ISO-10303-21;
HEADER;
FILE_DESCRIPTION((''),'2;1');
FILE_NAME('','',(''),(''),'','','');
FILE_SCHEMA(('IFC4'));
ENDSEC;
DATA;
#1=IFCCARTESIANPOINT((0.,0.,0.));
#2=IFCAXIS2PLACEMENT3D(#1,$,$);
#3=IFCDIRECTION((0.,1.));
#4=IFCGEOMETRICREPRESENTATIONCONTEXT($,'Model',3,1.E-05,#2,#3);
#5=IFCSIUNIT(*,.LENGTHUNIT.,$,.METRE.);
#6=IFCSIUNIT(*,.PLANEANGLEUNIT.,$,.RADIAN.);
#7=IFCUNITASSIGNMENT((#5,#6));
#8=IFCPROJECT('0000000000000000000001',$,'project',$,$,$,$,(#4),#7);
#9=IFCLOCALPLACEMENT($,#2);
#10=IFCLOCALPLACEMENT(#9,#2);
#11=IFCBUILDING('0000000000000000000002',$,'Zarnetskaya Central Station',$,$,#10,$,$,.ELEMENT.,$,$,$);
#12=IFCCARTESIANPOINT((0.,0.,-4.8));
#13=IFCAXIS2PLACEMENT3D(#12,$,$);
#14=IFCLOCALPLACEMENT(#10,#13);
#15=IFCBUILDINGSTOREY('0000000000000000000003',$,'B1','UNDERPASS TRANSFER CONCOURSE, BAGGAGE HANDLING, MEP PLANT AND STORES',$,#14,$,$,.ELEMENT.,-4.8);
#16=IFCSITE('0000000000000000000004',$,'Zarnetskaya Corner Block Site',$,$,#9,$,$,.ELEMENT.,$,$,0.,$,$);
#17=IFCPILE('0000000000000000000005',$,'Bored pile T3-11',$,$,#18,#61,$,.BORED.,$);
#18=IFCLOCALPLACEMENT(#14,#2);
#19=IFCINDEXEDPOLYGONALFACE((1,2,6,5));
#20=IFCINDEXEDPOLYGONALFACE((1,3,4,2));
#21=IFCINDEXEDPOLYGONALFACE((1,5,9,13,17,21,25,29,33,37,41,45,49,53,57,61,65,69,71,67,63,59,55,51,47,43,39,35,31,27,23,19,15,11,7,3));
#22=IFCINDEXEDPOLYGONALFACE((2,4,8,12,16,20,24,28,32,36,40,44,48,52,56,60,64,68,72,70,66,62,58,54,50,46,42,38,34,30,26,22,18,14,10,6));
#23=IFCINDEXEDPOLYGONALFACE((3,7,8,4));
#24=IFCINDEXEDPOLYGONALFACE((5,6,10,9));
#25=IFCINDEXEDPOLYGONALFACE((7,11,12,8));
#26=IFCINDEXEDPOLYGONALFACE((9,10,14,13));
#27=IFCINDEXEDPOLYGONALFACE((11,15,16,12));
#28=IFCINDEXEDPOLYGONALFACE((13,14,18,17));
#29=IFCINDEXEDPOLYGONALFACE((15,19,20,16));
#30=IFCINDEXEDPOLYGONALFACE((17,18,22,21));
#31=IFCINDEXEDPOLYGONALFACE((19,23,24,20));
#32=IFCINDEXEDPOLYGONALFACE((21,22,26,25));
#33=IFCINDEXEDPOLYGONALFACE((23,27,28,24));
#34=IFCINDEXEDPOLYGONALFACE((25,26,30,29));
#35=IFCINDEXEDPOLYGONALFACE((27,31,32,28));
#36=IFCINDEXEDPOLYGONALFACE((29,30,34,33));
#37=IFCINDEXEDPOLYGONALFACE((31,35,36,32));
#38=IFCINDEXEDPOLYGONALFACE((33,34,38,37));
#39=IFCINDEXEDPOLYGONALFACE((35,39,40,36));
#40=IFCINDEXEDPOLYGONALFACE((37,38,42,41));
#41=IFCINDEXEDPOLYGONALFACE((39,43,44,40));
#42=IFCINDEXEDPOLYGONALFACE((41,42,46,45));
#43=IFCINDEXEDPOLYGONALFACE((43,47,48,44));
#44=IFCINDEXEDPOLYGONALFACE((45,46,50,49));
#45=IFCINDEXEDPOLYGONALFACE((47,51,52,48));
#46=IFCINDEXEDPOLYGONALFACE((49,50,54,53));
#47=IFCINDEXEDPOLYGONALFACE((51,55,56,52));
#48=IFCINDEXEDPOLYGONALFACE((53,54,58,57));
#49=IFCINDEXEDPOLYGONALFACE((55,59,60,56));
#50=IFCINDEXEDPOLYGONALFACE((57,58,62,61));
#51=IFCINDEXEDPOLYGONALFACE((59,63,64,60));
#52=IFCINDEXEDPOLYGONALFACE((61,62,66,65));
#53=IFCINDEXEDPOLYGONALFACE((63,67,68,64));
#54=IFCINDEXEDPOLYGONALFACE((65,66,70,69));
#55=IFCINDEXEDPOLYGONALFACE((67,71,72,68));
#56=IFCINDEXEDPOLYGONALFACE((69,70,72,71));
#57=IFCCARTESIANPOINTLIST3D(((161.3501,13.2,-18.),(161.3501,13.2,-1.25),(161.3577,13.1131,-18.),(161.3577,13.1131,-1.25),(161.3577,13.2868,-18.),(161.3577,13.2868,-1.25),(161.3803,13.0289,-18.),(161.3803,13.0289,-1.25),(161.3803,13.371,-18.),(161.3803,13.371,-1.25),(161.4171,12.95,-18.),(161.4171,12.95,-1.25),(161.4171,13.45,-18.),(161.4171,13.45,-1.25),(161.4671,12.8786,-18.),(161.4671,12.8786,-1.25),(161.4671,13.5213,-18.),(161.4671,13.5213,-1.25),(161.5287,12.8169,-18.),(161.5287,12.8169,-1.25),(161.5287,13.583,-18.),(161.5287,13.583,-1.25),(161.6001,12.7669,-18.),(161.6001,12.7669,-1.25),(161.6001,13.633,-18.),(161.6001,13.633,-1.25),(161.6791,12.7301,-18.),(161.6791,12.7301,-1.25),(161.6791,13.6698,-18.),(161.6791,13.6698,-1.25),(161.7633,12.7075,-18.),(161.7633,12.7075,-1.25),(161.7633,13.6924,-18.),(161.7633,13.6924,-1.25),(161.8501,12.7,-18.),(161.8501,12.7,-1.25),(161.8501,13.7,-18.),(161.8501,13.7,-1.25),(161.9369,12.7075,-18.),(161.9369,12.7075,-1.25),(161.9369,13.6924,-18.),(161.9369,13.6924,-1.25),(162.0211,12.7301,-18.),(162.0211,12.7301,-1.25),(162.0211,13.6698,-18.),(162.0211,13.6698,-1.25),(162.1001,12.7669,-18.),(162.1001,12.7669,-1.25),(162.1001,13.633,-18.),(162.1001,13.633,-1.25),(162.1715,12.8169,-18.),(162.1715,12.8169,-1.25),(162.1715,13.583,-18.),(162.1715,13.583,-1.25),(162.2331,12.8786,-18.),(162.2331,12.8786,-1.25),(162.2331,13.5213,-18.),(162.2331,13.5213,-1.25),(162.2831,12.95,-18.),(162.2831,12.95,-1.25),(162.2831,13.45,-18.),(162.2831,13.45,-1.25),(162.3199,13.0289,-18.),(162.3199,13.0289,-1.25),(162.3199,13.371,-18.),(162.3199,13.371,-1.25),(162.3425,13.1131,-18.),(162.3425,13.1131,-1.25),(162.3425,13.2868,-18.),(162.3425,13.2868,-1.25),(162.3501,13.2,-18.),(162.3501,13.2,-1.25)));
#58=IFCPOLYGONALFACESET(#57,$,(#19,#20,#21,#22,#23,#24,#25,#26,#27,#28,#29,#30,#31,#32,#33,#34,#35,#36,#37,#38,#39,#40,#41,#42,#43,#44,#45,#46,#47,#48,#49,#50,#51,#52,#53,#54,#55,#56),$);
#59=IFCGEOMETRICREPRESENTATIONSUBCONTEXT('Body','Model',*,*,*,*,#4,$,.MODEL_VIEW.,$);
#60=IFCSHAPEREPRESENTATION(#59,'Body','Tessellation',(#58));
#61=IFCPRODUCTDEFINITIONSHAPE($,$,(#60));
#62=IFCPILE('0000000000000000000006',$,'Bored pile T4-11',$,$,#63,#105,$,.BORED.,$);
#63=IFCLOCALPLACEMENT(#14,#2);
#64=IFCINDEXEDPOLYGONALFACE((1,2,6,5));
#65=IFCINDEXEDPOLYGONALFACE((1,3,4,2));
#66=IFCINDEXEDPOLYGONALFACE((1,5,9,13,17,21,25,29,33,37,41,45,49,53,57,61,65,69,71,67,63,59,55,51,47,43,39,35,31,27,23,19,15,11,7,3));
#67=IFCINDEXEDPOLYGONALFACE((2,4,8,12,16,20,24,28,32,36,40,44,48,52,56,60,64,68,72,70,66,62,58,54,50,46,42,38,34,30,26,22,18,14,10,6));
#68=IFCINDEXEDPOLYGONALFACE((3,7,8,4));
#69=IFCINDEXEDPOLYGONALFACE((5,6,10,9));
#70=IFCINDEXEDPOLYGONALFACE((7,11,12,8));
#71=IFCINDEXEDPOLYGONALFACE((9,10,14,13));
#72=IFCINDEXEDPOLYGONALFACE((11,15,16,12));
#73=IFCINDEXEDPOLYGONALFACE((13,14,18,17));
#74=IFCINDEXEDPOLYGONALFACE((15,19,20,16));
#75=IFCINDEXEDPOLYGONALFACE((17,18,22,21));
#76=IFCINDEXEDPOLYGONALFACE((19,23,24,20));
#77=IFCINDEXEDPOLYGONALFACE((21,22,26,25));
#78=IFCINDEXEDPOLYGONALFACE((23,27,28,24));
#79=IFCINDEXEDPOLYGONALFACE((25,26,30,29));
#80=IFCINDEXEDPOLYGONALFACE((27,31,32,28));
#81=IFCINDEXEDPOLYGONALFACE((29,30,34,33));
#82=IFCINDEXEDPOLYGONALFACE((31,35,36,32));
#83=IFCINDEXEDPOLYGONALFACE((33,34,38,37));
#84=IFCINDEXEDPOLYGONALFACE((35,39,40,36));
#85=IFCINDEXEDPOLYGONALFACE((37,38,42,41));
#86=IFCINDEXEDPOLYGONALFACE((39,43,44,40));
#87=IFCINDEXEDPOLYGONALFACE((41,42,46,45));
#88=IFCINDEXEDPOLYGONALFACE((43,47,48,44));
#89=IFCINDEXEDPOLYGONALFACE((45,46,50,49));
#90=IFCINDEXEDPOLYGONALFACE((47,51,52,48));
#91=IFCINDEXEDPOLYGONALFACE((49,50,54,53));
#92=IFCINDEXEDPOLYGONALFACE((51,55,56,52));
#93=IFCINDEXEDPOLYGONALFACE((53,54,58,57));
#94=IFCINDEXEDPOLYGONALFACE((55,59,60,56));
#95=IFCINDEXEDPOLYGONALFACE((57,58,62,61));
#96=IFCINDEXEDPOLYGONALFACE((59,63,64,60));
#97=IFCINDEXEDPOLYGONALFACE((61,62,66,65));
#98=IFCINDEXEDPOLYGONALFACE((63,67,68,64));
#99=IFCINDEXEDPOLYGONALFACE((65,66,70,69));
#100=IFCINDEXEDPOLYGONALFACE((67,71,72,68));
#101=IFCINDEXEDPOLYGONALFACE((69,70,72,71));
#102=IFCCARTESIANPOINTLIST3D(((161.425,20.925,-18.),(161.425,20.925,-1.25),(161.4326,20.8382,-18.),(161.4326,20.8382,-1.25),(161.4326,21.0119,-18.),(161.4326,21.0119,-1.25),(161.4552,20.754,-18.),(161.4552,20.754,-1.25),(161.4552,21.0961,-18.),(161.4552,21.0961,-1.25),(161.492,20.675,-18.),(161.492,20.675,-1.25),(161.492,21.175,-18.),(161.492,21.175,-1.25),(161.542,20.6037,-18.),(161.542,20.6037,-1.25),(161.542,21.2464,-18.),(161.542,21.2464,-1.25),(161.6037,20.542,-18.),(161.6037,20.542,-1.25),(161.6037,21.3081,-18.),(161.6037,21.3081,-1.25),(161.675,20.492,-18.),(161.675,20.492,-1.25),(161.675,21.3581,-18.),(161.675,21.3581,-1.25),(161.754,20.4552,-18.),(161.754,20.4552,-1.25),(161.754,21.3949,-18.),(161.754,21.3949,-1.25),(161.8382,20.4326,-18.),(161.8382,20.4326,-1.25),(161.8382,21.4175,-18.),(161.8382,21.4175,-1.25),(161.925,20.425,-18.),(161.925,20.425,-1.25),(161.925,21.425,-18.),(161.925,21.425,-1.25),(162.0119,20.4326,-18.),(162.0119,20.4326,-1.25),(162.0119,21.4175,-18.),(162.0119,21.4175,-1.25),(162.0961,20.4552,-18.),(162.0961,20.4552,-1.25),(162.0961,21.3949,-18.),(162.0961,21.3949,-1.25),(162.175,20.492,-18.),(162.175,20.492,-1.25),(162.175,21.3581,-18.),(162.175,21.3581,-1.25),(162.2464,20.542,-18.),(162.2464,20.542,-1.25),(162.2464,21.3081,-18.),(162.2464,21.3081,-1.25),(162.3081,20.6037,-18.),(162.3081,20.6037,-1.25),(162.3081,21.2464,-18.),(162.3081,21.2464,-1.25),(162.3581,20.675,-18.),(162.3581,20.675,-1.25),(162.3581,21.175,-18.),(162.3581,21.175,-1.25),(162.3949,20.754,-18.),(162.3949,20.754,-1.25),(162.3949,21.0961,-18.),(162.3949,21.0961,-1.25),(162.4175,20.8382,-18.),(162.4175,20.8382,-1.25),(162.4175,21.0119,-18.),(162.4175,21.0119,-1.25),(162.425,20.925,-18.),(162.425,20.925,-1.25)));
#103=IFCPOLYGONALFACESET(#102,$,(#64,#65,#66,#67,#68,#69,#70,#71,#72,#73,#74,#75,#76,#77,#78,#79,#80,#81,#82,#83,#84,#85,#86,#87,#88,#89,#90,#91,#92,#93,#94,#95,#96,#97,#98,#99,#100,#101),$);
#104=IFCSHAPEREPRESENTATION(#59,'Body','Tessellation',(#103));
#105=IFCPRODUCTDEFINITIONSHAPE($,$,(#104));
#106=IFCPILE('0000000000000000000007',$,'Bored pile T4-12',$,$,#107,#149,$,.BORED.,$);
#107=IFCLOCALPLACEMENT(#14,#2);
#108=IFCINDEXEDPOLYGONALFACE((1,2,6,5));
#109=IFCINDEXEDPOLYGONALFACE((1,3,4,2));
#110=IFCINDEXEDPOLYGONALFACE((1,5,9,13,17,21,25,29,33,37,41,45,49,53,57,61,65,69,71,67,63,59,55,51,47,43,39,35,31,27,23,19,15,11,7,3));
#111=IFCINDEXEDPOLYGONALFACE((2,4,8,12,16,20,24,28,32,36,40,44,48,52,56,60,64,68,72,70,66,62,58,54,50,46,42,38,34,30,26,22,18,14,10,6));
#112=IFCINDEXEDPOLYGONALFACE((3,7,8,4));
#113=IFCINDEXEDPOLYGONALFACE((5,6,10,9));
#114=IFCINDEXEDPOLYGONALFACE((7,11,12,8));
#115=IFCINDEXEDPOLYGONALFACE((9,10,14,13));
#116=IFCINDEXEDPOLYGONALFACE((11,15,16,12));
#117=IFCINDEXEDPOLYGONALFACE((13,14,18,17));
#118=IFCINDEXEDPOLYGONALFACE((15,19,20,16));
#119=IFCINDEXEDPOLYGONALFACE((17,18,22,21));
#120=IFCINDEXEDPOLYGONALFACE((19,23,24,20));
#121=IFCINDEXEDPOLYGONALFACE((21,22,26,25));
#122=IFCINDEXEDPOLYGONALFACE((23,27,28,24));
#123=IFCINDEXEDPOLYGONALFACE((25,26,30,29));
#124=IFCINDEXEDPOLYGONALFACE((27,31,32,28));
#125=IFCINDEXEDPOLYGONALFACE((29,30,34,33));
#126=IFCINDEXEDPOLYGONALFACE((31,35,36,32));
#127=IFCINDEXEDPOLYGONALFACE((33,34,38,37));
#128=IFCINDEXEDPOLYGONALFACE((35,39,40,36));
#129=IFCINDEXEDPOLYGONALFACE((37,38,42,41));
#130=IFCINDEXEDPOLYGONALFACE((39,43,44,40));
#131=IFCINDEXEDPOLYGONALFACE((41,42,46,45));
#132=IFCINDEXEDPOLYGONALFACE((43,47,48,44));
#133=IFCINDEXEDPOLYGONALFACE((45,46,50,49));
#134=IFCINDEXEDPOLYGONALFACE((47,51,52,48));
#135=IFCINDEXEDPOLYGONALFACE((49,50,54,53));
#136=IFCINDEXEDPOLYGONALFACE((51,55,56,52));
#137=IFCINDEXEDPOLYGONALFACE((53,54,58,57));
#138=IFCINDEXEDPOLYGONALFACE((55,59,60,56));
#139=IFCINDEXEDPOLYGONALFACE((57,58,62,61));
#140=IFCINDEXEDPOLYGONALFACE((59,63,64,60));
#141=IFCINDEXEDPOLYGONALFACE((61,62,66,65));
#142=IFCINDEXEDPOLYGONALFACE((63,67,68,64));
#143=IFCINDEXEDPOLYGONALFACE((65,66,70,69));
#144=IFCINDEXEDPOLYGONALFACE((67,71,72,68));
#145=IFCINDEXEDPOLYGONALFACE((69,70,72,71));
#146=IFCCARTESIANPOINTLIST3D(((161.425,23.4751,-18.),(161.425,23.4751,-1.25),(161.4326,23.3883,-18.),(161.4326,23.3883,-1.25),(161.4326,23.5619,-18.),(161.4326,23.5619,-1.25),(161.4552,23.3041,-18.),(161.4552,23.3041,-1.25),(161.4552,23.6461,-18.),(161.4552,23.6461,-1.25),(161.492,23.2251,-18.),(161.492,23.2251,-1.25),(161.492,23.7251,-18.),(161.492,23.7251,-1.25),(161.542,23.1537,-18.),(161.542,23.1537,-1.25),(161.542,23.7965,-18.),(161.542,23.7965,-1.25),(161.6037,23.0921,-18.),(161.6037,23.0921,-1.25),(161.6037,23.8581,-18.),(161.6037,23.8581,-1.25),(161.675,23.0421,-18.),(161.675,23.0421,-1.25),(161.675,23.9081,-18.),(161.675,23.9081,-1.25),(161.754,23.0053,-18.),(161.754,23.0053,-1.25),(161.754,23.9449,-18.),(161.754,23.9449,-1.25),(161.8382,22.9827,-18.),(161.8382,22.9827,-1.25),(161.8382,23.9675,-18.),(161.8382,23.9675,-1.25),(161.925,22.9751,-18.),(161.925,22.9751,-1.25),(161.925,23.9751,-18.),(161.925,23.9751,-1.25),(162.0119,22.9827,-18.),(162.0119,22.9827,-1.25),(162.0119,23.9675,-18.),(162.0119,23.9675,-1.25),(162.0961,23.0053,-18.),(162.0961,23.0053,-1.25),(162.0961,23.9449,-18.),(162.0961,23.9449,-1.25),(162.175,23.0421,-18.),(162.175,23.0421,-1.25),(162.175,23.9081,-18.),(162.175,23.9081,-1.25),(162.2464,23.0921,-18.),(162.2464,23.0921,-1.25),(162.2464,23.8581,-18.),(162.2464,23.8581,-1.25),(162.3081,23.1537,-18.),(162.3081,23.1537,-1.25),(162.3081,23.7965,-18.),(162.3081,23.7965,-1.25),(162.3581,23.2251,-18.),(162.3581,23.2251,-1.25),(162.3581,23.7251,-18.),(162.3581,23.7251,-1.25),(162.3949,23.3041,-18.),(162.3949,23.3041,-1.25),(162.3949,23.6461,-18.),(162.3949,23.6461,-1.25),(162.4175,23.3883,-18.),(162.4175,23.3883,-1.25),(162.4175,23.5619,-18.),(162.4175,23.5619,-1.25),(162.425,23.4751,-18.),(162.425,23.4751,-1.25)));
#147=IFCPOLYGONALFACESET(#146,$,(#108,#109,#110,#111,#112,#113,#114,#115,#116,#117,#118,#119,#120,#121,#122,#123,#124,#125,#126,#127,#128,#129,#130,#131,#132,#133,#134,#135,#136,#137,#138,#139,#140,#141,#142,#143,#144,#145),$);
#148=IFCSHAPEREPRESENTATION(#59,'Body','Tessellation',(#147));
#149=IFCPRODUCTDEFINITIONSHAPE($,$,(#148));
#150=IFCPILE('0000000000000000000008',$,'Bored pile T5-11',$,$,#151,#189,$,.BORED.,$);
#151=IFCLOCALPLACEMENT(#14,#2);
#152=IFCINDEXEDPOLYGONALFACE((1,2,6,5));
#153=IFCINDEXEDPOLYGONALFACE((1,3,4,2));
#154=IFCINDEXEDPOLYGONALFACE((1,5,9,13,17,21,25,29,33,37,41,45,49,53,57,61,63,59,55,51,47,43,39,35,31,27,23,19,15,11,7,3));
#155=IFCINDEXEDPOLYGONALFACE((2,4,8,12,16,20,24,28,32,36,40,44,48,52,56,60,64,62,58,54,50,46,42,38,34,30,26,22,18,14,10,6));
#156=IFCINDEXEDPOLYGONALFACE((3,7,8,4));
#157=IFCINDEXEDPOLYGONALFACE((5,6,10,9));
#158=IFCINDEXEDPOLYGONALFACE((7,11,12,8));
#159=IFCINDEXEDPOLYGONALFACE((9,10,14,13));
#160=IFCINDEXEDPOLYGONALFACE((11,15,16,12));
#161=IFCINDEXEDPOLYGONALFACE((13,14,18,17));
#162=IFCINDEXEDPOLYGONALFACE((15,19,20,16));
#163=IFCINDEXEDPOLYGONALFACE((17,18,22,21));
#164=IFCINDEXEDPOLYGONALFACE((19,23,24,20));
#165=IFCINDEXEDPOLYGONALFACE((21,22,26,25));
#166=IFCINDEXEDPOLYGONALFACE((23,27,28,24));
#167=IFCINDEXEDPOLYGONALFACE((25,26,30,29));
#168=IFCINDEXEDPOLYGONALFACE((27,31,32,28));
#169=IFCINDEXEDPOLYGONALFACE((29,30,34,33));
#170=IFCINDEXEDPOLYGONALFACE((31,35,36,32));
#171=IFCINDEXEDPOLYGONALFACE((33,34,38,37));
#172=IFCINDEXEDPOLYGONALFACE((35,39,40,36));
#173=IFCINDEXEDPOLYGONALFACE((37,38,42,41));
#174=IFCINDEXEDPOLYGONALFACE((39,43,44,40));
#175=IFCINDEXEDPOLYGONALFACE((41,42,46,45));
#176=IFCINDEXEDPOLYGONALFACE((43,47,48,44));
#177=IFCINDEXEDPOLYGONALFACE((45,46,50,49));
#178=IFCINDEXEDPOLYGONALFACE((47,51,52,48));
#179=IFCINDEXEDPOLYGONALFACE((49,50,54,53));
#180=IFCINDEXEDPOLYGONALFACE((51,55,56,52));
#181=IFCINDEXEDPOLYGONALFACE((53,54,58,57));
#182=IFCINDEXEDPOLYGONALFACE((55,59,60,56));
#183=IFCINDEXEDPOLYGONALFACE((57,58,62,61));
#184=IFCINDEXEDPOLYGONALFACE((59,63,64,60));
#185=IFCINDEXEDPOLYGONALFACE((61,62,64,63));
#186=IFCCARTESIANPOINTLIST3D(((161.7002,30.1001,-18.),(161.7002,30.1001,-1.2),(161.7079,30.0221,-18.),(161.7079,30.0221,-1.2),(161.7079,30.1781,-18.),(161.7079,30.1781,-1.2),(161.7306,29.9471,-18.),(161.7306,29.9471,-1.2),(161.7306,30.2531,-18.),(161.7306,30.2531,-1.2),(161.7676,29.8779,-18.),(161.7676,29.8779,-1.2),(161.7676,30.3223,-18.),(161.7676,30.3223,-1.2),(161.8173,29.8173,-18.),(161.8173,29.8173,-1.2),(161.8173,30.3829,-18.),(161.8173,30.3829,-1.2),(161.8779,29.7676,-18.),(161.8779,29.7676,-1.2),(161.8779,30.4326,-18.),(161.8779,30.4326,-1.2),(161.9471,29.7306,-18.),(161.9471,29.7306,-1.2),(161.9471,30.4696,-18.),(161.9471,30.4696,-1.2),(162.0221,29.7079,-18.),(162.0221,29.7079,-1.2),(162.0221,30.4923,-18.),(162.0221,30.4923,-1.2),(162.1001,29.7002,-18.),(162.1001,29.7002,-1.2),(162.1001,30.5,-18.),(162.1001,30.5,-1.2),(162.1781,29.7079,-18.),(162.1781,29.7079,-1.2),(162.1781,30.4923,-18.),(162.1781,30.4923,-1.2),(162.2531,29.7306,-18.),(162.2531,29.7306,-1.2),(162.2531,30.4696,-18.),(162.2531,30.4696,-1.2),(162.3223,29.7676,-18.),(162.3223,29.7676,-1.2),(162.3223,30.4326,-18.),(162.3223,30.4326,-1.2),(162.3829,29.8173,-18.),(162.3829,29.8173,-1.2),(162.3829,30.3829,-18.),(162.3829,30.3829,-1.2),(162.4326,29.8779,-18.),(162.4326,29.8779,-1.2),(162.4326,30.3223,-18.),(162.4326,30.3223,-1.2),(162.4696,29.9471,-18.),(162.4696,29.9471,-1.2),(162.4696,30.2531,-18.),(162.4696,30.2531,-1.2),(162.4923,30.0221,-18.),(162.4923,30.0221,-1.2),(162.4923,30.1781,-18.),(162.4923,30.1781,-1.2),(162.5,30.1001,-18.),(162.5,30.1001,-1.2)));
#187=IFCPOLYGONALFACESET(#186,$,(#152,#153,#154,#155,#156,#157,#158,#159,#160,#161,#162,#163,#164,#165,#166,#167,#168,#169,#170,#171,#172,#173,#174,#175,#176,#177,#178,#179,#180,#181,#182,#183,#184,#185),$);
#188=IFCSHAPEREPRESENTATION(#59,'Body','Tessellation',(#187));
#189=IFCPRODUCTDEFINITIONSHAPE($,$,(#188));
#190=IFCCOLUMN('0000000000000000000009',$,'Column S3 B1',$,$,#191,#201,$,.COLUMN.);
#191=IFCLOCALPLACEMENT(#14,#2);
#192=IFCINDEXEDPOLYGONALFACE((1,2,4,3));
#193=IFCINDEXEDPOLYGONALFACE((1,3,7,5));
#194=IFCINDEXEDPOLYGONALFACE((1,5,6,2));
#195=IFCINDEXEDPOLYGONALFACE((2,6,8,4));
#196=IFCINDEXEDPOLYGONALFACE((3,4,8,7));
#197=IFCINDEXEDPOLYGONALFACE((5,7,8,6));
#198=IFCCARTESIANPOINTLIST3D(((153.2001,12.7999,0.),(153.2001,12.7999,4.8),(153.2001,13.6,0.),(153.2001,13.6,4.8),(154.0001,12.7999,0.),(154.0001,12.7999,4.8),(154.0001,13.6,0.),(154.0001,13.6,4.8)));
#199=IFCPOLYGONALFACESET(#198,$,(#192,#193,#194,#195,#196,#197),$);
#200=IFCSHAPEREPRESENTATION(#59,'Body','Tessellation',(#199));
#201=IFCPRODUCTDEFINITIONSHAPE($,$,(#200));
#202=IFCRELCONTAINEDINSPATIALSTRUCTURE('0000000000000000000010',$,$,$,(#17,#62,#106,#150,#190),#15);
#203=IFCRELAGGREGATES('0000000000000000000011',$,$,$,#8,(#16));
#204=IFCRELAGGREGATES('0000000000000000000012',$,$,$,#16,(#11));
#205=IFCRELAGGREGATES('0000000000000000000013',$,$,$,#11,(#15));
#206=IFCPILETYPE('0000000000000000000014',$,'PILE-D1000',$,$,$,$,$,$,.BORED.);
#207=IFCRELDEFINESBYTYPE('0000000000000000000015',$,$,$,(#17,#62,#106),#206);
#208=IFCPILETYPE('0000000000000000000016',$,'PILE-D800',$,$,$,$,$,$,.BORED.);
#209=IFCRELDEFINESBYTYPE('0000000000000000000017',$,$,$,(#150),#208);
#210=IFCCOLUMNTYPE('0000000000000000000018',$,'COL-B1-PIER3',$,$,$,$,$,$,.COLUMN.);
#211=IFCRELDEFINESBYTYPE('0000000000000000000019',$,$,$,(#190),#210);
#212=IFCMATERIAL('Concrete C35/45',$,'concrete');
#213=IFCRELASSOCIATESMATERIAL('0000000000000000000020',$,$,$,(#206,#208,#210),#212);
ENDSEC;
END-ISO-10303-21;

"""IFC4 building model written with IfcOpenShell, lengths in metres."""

from ifc_helpers import new_model, si_unit, direction, frame, origin, origin_2d, place, context, subcontext, project, spatial, rectangle, circle, extrude, material, material_profile, profile_set, type_object, element, save


model = new_model("IFC4")

# Units and contexts
model_context = context("Model", 3, precision=1e-05, world=origin(), true_north=direction((0.0, 1.0)))
body_context = subcontext(model_context, "Body", "Model", "MODEL_VIEW")
ifc_project = project(units=[si_unit("LENGTHUNIT", "METRE"), si_unit("PLANEANGLEUNIT", "RADIAN")], contexts=[model_context])

# Site, building, storey
site_placement = place(None, origin())
site = spatial("IfcSite", under=ifc_project, at=site_placement, Name="Zarnetskaya Corner Block Site", CompositionType="ELEMENT", RefElevation=0.0)
building_placement = place(site_placement, origin())
building = spatial("IfcBuilding", under=site, at=building_placement, Name="Zarnetskaya Central Station", CompositionType="ELEMENT")
storey_placement = place(building_placement, frame((0.0, 0.0, -4.8)))
storey = spatial("IfcBuildingStorey", under=building, at=storey_placement, Name="B1", Description="UNDERPASS TRANSFER CONCOURSE, BAGGAGE HANDLING, MEP PLANT AND STORES", CompositionType="ELEMENT", Elevation=-4.8)

# Shared definitions
ifc_material = material(Name="Concrete C35/45", Category="concrete")

# Piles
ifc_material_profile_1 = material_profile(ifc_material, circle(Radius=0.5, at=origin_2d()), Name="BORED PILE D1000")
ifc_profile_set_1 = profile_set([ifc_material_profile_1], Name="Concrete C35/45")
pile_type_1 = type_object("IfcPileType", Name="PILE-D1000", PredefinedType="BORED", material=ifc_profile_set_1)
for number, where, z_axis, x_axis, name in (
    (1, (161.8501, 13.2, -1.25), (0.0, 0.0, -1.0), (1.0, 0.0, 0.0), "Bored pile T3-11"),
    (2, (161.925, 20.925, -1.25), (0.0, 0.0, -1.0), (1.0, 0.0, 0.0), "Bored pile T4-11"),
    (3, (161.925, 23.4751, -1.25), (0.0, 0.0, -1.0), (1.0, 0.0, 0.0), "Bored pile T4-12"),
):
    element("IfcPile", number, at=place(storey_placement, frame(where, z_axis=z_axis, x_axis=x_axis)), inside=storey, type_object=pile_type_1, Name=name, PredefinedType="BORED", context=body_context, shape_type="SweptSolid", body=[
        extrude(circle(Radius=0.5, at=origin_2d()), origin(), (0.0, 0.0, 1.0), 16.75),
    ])
ifc_material_profile_2 = material_profile(ifc_material, circle(Radius=0.3999, at=origin_2d()), Name="BORED PILE D800")
ifc_profile_set_2 = profile_set([ifc_material_profile_2], Name="Concrete C35/45")
pile_type_2 = type_object("IfcPileType", Name="PILE-D800", PredefinedType="BORED", material=ifc_profile_set_2)
pile_placement = place(storey_placement, frame((162.1001, 30.1001, -1.2), z_axis=(0.0, 0.0, -1.0), x_axis=(1.0, 0.0, 0.0)))
element("IfcPile", 4, at=pile_placement, inside=storey, type_object=pile_type_2, Name="Bored pile T5-11", PredefinedType="BORED", context=body_context, shape_type="SweptSolid", body=[
    extrude(circle(Radius=0.3999, at=origin_2d()), origin(), (0.0, 0.0, 1.0), 16.8),
])

# Column
ifc_material_profile_3 = material_profile(ifc_material, rectangle(XDim=0.8, YDim=0.8, at=origin_2d()), Name="RC 800x800")
ifc_profile_set_3 = profile_set([ifc_material_profile_3], Name="Concrete C35/45")
column_type = type_object("IfcColumnType", Name="COL-B1-PIER3", PredefinedType="COLUMN", material=ifc_profile_set_3)
for number, where, z_axis, x_axis, name in (
    (5, (153.6001, 13.2, 0.0), (0.0, 0.0, 1.0), (1.0, 0.0, 0.0), "Column S3 B1"),
):
    element("IfcColumn", number, at=place(storey_placement, frame(where, z_axis=z_axis, x_axis=x_axis)), inside=storey, type_object=column_type, Name=name, PredefinedType="COLUMN", context=body_context, shape_type="SweptSolid", body=[
        extrude(rectangle(XDim=0.8, YDim=0.8, at=origin_2d()), origin(), (0.0, 0.0, 1.0), 4.8),
    ])

save(model, "model.ifc")
